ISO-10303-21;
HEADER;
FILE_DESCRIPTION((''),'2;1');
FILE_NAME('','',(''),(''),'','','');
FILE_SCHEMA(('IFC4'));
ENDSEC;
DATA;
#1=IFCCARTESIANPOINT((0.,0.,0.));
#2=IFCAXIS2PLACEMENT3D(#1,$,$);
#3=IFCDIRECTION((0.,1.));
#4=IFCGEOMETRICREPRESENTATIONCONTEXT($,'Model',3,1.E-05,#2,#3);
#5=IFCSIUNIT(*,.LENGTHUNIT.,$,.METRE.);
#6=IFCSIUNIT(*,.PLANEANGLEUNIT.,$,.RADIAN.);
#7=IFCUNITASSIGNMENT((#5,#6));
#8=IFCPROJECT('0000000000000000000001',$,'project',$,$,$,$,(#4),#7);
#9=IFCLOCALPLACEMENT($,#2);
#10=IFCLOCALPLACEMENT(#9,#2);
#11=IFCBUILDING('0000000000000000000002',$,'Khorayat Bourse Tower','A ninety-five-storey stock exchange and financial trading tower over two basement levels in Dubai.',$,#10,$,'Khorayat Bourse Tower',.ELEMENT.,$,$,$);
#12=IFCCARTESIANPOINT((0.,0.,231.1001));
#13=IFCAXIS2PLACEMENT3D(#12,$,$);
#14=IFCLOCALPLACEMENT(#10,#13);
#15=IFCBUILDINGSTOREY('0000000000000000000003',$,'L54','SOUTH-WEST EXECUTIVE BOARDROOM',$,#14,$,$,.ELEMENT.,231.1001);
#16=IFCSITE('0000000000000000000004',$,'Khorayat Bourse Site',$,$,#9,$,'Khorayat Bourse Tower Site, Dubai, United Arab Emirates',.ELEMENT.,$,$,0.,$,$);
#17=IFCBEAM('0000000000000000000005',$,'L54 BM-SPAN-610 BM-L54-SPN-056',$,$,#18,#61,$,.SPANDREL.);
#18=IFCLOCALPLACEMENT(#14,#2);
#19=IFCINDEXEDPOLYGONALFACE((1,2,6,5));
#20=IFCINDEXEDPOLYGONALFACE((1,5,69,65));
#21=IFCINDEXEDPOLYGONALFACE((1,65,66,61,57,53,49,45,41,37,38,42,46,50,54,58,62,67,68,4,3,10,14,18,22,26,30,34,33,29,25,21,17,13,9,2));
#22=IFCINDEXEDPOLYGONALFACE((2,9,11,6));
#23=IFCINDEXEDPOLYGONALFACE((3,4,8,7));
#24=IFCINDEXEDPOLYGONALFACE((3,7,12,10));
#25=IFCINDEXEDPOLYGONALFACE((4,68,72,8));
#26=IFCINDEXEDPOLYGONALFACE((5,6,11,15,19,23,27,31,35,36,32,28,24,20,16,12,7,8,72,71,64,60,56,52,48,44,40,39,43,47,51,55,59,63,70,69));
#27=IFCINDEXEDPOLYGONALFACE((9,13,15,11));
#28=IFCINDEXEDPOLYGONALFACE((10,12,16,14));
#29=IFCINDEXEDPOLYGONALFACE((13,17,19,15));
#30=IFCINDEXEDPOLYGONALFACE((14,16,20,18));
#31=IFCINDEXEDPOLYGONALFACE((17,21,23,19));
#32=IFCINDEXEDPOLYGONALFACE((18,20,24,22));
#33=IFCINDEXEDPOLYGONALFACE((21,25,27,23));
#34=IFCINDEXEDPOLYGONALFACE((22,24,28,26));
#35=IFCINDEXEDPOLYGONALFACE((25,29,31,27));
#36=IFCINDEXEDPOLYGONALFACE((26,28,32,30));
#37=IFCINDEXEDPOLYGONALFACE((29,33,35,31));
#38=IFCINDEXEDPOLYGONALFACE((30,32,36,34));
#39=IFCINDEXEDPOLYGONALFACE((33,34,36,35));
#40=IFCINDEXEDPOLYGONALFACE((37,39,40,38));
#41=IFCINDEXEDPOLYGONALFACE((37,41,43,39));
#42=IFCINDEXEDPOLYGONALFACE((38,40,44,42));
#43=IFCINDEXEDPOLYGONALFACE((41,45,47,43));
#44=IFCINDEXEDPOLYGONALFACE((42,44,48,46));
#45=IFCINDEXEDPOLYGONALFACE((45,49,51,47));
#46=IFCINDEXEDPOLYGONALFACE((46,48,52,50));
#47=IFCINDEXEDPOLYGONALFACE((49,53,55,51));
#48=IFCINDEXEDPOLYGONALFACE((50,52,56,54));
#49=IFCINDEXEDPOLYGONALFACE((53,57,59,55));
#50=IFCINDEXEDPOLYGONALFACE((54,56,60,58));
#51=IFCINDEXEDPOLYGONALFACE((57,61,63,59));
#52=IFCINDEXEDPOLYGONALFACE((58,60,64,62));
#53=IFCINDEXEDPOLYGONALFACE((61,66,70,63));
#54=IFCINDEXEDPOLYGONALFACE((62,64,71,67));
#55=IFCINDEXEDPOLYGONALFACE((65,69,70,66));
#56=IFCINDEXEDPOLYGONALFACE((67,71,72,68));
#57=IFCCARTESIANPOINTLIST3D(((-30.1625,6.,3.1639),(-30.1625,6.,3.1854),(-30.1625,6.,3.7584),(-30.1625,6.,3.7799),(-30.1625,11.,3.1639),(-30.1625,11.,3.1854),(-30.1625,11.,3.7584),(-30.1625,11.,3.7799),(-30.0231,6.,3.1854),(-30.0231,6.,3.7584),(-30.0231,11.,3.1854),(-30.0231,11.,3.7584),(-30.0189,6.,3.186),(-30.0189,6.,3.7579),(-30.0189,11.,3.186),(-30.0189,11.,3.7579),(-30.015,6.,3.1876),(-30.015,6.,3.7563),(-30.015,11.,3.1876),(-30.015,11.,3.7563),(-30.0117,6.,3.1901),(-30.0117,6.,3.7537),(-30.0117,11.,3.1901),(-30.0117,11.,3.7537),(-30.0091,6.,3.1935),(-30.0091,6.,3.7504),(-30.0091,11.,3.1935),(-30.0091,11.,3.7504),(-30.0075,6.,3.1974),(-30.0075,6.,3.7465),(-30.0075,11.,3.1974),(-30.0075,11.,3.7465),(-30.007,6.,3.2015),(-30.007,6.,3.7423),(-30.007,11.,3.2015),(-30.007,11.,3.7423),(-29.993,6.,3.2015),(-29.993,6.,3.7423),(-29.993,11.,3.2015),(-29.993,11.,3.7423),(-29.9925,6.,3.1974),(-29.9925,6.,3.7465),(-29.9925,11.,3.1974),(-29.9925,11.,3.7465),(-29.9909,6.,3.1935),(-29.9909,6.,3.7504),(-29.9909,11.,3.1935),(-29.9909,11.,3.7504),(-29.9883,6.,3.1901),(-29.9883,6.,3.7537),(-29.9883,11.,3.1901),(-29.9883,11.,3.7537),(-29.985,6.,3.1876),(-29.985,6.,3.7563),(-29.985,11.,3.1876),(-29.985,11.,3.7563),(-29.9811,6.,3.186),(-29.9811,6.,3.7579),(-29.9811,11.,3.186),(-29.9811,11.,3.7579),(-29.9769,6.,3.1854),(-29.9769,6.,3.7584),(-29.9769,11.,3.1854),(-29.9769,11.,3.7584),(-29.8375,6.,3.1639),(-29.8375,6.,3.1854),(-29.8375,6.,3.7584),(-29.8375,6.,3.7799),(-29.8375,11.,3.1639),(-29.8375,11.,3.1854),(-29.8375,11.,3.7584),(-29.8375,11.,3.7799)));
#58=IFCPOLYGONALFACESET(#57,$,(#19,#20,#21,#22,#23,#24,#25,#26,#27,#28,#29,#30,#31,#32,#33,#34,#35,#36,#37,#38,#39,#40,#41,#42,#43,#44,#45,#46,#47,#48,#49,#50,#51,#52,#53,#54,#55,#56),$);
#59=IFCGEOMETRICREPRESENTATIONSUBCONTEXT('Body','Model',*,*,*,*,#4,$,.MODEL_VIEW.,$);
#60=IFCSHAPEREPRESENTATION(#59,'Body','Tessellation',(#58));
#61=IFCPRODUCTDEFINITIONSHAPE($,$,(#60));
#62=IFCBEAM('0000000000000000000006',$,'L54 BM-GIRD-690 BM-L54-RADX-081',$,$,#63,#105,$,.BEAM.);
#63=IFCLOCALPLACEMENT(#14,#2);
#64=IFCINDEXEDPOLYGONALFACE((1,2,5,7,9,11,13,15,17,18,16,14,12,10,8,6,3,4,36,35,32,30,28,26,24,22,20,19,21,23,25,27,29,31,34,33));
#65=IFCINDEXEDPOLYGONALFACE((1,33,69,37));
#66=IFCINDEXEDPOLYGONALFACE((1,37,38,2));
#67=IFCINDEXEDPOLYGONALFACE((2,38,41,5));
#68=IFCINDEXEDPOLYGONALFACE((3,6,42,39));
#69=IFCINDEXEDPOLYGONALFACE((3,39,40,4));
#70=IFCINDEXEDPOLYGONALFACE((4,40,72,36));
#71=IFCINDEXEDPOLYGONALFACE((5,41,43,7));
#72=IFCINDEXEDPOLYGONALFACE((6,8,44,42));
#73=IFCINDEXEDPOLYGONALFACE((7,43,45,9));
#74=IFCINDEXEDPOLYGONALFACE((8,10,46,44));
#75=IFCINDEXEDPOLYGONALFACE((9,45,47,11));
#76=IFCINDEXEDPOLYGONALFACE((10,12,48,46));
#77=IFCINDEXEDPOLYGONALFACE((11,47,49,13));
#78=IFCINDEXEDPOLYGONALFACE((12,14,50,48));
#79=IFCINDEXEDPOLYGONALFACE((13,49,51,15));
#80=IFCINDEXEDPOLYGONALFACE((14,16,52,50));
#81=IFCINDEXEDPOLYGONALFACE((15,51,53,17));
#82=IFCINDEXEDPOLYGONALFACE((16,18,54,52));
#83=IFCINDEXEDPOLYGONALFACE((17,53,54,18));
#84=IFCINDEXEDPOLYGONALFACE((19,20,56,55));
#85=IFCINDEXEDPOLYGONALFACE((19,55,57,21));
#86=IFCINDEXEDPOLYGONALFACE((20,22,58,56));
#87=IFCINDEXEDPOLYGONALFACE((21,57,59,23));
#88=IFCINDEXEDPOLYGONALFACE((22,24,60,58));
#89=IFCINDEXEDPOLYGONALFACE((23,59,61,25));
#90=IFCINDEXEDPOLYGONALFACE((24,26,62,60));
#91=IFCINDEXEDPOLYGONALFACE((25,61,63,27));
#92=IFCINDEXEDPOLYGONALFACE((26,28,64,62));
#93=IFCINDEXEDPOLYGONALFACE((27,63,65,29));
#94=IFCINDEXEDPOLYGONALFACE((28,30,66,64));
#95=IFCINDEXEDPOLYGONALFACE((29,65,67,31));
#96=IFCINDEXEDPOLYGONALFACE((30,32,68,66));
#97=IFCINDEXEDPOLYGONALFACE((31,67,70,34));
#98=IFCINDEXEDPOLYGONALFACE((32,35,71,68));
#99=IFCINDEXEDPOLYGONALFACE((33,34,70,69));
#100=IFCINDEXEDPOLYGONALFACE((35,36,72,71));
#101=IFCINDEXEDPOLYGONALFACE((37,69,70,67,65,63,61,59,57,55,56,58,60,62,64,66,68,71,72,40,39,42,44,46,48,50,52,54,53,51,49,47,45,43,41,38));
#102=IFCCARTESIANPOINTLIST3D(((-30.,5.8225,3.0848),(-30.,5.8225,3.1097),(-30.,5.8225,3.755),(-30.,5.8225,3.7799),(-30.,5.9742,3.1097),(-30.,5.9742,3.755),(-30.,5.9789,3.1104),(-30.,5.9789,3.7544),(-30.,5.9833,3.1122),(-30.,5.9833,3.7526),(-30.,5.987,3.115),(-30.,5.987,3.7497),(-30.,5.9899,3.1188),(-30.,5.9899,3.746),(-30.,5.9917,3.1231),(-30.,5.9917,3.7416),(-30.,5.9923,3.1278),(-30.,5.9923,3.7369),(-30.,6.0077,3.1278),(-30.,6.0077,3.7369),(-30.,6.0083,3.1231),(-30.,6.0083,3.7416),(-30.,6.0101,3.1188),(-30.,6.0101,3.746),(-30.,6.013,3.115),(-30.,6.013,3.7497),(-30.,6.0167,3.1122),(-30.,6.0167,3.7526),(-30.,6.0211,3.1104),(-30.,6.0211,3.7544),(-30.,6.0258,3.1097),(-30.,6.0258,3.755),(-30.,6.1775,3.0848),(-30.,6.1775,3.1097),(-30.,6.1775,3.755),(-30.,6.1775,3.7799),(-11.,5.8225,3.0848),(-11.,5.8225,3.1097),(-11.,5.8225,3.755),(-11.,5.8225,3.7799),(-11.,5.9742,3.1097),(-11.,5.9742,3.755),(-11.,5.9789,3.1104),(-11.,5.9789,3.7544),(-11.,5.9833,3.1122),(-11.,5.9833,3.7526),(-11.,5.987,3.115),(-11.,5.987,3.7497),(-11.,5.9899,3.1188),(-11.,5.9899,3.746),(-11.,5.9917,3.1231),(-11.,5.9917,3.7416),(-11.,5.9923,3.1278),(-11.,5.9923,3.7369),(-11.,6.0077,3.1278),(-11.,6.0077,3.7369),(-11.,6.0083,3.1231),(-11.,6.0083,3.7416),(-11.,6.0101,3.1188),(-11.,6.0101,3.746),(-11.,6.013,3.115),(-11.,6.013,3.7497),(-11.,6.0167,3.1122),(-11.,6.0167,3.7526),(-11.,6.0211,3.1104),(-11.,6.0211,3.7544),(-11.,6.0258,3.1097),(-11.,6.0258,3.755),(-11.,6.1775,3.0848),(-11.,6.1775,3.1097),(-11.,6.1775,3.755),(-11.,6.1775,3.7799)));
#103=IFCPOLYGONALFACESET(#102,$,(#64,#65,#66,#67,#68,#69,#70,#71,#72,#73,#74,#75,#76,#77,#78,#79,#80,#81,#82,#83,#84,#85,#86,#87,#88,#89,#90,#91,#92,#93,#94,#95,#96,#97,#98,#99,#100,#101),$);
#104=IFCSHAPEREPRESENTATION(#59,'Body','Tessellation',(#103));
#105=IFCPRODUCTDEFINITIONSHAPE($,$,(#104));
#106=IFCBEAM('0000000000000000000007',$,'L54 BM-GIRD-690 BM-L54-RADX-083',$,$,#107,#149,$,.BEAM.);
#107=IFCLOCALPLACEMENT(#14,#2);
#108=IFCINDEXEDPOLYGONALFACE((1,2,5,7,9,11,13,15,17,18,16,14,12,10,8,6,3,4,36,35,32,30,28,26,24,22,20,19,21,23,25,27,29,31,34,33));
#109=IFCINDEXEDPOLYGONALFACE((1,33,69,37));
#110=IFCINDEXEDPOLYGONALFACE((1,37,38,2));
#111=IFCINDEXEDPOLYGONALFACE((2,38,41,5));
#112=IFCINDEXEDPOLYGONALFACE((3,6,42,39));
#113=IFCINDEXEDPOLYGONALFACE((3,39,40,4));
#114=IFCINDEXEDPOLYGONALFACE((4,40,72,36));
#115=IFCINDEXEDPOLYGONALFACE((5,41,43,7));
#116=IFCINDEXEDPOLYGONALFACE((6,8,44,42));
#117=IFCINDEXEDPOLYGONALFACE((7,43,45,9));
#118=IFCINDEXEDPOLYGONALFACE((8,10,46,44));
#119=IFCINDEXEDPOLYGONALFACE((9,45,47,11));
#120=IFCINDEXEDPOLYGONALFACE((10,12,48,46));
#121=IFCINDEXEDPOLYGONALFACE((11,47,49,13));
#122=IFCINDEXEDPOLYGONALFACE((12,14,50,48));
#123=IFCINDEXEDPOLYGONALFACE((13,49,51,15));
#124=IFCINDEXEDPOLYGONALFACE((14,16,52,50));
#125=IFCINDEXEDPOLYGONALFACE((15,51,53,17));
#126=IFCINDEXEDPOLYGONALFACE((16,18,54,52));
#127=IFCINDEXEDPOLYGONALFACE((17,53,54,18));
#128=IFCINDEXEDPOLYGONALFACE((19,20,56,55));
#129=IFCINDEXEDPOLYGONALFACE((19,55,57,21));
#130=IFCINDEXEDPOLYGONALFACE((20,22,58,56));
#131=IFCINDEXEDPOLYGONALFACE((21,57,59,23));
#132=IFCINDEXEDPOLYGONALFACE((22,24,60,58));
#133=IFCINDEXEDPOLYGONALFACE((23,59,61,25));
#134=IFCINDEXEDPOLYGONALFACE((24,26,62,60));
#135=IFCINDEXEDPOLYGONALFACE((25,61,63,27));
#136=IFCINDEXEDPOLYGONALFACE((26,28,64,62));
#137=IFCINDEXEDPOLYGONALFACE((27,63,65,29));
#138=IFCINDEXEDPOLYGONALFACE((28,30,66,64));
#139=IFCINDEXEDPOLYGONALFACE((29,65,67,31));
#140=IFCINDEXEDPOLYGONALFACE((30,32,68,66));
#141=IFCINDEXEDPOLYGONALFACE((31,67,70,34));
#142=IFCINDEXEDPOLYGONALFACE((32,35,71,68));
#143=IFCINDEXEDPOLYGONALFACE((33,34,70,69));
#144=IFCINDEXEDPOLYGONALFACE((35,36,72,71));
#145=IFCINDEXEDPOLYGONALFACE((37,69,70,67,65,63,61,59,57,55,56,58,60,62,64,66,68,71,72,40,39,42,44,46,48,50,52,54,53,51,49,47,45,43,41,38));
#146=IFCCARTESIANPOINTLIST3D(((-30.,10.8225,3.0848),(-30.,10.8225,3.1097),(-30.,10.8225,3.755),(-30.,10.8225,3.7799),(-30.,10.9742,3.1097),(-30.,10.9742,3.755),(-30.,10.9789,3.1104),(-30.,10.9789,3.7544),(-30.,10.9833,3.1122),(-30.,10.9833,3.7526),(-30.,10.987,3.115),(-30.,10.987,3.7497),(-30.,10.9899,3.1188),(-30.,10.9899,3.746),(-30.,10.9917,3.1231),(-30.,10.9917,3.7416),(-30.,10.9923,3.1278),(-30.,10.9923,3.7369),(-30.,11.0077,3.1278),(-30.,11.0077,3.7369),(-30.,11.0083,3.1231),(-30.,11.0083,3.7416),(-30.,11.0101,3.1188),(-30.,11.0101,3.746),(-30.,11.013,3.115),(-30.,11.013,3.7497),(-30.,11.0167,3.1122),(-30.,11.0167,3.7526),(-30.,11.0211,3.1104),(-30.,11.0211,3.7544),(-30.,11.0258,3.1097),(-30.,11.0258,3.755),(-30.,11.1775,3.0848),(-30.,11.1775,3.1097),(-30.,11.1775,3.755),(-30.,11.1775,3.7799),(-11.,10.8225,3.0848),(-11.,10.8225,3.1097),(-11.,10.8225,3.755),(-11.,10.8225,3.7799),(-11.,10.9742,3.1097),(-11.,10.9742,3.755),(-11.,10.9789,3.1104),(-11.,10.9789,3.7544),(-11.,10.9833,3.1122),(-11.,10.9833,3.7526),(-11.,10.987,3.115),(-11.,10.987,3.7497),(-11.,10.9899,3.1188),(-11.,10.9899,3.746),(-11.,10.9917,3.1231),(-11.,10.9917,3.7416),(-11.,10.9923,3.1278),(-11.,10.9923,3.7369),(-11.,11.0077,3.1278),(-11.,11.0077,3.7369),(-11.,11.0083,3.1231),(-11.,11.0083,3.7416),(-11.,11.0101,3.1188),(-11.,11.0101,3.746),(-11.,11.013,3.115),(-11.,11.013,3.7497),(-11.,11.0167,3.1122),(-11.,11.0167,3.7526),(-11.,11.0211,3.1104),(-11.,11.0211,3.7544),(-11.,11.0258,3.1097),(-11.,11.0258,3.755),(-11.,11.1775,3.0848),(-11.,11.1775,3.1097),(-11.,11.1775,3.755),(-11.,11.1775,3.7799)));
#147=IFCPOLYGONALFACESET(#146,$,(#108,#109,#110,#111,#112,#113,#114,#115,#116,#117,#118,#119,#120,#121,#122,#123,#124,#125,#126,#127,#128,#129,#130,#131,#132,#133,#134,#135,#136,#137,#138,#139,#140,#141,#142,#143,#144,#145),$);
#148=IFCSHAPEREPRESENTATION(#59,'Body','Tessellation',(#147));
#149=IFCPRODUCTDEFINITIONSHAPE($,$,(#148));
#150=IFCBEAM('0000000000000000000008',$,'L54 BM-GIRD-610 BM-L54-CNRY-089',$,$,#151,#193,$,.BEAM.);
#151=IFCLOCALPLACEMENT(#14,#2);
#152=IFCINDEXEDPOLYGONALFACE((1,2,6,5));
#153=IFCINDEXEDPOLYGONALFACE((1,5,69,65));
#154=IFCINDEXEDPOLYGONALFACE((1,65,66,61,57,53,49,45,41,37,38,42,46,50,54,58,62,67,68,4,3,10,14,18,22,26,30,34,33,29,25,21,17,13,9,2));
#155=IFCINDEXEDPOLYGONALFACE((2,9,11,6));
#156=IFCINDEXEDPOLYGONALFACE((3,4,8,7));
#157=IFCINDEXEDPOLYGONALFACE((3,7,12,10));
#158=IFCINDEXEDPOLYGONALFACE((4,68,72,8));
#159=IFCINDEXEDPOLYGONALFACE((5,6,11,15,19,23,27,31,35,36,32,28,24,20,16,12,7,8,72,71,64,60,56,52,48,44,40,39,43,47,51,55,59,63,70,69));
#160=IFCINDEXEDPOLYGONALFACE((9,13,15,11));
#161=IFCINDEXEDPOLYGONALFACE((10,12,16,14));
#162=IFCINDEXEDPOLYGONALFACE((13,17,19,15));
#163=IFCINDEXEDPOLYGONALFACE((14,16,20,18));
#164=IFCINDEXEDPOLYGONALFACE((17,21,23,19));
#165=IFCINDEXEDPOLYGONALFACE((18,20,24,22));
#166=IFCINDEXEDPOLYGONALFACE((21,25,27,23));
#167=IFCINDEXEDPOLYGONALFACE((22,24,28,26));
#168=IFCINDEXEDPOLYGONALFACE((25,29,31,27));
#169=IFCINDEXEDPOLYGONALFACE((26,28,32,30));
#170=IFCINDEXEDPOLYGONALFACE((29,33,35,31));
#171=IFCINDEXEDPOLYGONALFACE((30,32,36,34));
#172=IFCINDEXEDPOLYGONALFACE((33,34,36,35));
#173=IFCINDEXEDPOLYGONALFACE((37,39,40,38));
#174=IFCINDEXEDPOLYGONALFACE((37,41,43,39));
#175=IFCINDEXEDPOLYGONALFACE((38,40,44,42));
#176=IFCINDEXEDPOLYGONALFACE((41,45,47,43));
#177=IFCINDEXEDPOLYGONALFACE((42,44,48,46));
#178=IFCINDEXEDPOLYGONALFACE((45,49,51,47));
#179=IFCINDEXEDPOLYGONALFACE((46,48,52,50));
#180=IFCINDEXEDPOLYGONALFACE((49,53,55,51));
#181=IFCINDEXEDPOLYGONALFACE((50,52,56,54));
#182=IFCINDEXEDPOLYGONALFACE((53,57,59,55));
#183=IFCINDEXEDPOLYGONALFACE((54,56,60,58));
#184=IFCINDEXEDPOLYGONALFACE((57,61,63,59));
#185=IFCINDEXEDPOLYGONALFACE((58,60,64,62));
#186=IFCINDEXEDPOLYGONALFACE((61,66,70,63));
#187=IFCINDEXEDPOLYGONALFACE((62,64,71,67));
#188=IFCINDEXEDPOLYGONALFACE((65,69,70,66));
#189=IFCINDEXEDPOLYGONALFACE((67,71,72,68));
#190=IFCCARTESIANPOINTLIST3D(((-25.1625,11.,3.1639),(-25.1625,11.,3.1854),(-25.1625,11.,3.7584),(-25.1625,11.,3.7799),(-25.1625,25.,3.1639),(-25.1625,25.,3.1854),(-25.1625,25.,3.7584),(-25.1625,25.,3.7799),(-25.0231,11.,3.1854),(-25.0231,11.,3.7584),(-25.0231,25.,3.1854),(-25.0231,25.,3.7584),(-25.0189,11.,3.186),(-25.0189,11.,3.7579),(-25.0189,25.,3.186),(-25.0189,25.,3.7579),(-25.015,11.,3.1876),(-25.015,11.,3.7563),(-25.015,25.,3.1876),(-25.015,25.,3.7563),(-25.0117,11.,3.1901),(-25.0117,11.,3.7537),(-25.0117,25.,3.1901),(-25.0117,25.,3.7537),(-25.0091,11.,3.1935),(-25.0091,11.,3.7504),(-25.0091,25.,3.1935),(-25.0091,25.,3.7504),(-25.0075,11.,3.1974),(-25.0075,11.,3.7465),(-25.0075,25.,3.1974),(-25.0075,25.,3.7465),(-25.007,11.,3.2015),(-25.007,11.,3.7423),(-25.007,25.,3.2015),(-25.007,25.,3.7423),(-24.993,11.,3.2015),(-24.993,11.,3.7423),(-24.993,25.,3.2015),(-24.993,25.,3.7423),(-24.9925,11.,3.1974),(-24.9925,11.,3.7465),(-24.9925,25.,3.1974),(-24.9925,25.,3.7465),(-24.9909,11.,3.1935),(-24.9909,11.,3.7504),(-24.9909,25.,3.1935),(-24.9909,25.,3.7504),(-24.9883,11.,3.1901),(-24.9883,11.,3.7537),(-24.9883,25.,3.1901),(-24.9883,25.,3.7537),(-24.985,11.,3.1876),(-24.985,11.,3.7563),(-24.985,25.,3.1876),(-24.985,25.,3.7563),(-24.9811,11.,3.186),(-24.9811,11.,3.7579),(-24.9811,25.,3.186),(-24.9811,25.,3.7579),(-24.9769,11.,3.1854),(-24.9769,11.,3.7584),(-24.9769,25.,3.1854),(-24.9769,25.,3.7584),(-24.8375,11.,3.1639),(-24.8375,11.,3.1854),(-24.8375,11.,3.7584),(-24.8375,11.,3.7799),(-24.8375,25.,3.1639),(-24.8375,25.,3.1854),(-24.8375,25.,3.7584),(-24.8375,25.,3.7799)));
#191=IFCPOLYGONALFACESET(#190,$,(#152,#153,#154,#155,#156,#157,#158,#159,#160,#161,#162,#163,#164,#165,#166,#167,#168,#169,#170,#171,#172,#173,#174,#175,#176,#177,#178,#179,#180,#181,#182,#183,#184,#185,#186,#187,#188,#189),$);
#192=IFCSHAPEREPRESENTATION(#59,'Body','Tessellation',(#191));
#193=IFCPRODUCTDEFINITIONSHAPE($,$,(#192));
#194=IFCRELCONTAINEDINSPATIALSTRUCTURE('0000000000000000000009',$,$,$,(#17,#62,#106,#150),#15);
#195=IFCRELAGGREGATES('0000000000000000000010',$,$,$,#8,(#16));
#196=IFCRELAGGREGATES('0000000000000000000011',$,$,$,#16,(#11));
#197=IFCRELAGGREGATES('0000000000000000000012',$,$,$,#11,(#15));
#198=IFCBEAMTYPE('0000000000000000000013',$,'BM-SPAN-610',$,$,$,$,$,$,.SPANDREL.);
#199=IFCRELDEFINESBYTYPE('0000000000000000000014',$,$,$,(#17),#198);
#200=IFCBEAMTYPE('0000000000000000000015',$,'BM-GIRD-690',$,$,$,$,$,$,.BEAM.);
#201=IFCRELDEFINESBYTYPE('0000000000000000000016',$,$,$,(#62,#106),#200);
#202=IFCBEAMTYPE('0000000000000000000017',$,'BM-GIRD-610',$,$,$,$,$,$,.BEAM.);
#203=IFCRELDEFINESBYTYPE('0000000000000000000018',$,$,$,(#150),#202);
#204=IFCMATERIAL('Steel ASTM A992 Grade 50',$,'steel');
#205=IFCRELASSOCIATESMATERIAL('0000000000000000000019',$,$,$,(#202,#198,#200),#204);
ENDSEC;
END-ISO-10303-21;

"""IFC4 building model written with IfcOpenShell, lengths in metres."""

from ifc_helpers import new_model, si_unit, direction, frame, origin, origin_2d, place, context, subcontext, project, spatial, i_section, extrude, source, transform, mapped, material, material_profile, profile_set, type_object, element, save


model = new_model("IFC4")

# Units and contexts
model_context = context("Model", 3, precision=1e-05, world=origin(), true_north=direction((0.0, 1.0)))
body_context = subcontext(model_context, "Body", "Model", "MODEL_VIEW")
ifc_project = project(units=[si_unit("LENGTHUNIT", "METRE"), si_unit("PLANEANGLEUNIT", "RADIAN")], contexts=[model_context])

# Site, building, storey
site_placement = place(None, origin())
site = spatial("IfcSite", under=ifc_project, at=site_placement, Name="Khorayat Bourse Site", LongName="Khorayat Bourse Tower Site, Dubai, United Arab Emirates", CompositionType="ELEMENT", RefElevation=0.0)
building_placement = place(site_placement, origin())
building = spatial("IfcBuilding", under=site, at=building_placement, Name="Khorayat Bourse Tower", Description="A ninety-five-storey stock exchange and financial trading tower over two basement levels in Dubai.", LongName="Khorayat Bourse Tower", CompositionType="ELEMENT")
storey_placement = place(building_placement, frame((0.0, 0.0, 231.1001)))
storey = spatial("IfcBuildingStorey", under=building, at=storey_placement, Name="L54", Description="SOUTH-WEST EXECUTIVE BOARDROOM", CompositionType="ELEMENT", Elevation=231.1001)

# Beams
ifc_material_1 = material(Name="Steel ASTM A992 Grade 50", Category="steel")
ifc_material_profile_1 = material_profile(ifc_material_1, i_section(OverallWidth=0.325, OverallDepth=0.616, WebThickness=0.0139, FlangeThickness=0.0215, FilletRadius=0.0161, at=origin_2d()), Name="W610X174")
ifc_profile_set_1 = profile_set([ifc_material_profile_1], Name="Steel ASTM A992 Grade 50")
beam_type_1 = type_object("IfcBeamType", Name="BM-GIRD-610", PredefinedType="BEAM", material=ifc_profile_set_1)
ifc_material_profile_2 = material_profile(ifc_material_1, i_section(OverallWidth=0.325, OverallDepth=0.616, WebThickness=0.0139, FlangeThickness=0.0215, FilletRadius=0.0161, at=origin_2d()), Name="W610X174")
ifc_profile_set_2 = profile_set([ifc_material_profile_2], Name="Steel ASTM A992 Grade 50")
beam_type_2 = type_object("IfcBeamType", Name="BM-SPAN-610", PredefinedType="SPANDREL", material=ifc_profile_set_2)
shared_shape_1 = source(origin(), body_context, "Body", "SweptSolid", [
    extrude(i_section(OverallWidth=0.325, OverallDepth=0.616, WebThickness=0.0139, FlangeThickness=0.0215, FilletRadius=0.0161, at=origin_2d()), origin(), (0.0, 0.0, 1.0), 5.0),
])
beam_1_placement = place(storey_placement, frame((-30.0, 6.0, 3.4719), z_axis=(0.0, 1.0, 0.0), x_axis=(-1.0, 0.0, 0.0)))
element("IfcBeam", 1, at=beam_1_placement, inside=storey, type_object=beam_type_2, Name="L54 BM-SPAN-610 BM-L54-SPN-056", PredefinedType="SPANDREL", context=body_context, shape_type="MappedRepresentation", body=[
    mapped(shared_shape_1, transform((0.0, 0.0, 0.0), scale=1.0)),
])
ifc_material_profile_3 = material_profile(ifc_material_1, i_section(OverallWidth=0.355, OverallDepth=0.6951, WebThickness=0.0154, FlangeThickness=0.0249, FilletRadius=0.0181, at=origin_2d()), Name="W690X217")
ifc_profile_set_3 = profile_set([ifc_material_profile_3], Name="Steel ASTM A992 Grade 50")
beam_type_3 = type_object("IfcBeamType", Name="BM-GIRD-690", PredefinedType="BEAM", material=ifc_profile_set_3)
shared_shape_2 = source(origin(), body_context, "Body", "SweptSolid", [
    extrude(i_section(OverallWidth=0.355, OverallDepth=0.6951, WebThickness=0.0154, FlangeThickness=0.0249, FilletRadius=0.0181, at=origin_2d()), origin(), (0.0, 0.0, 1.0), 19.0),
])
for number, where, z_axis, x_axis, name in (
    (2, (-30.0, 6.0, 3.4324), (1.0, 0.0, 0.0), (0.0, 1.0, 0.0), "L54 BM-GIRD-690 BM-L54-RADX-081"),
    (3, (-30.0, 11.0, 3.4324), (1.0, 0.0, 0.0), (0.0, 1.0, 0.0), "L54 BM-GIRD-690 BM-L54-RADX-083"),
):
    element("IfcBeam", number, at=place(storey_placement, frame(where, z_axis=z_axis, x_axis=x_axis)), inside=storey, type_object=beam_type_3, Name=name, PredefinedType="BEAM", context=body_context, shape_type="MappedRepresentation", body=[
        mapped(shared_shape_2, transform((0.0, 0.0, 0.0), scale=1.0)),
    ])
shared_shape_3 = source(origin(), body_context, "Body", "SweptSolid", [
    extrude(i_section(OverallWidth=0.325, OverallDepth=0.616, WebThickness=0.0139, FlangeThickness=0.0215, FilletRadius=0.0161, at=origin_2d()), origin(), (0.0, 0.0, 1.0), 14.0),
])
beam_2_placement = place(storey_placement, frame((-25.0, 11.0, 3.4719), z_axis=(0.0, 1.0, 0.0), x_axis=(-1.0, 0.0, 0.0)))
element("IfcBeam", 4, at=beam_2_placement, inside=storey, type_object=beam_type_1, Name="L54 BM-GIRD-610 BM-L54-CNRY-089", PredefinedType="BEAM", context=body_context, shape_type="MappedRepresentation", body=[
    mapped(shared_shape_3, transform((0.0, 0.0, 0.0), scale=1.0)),
])

save(model, "model.ifc")
